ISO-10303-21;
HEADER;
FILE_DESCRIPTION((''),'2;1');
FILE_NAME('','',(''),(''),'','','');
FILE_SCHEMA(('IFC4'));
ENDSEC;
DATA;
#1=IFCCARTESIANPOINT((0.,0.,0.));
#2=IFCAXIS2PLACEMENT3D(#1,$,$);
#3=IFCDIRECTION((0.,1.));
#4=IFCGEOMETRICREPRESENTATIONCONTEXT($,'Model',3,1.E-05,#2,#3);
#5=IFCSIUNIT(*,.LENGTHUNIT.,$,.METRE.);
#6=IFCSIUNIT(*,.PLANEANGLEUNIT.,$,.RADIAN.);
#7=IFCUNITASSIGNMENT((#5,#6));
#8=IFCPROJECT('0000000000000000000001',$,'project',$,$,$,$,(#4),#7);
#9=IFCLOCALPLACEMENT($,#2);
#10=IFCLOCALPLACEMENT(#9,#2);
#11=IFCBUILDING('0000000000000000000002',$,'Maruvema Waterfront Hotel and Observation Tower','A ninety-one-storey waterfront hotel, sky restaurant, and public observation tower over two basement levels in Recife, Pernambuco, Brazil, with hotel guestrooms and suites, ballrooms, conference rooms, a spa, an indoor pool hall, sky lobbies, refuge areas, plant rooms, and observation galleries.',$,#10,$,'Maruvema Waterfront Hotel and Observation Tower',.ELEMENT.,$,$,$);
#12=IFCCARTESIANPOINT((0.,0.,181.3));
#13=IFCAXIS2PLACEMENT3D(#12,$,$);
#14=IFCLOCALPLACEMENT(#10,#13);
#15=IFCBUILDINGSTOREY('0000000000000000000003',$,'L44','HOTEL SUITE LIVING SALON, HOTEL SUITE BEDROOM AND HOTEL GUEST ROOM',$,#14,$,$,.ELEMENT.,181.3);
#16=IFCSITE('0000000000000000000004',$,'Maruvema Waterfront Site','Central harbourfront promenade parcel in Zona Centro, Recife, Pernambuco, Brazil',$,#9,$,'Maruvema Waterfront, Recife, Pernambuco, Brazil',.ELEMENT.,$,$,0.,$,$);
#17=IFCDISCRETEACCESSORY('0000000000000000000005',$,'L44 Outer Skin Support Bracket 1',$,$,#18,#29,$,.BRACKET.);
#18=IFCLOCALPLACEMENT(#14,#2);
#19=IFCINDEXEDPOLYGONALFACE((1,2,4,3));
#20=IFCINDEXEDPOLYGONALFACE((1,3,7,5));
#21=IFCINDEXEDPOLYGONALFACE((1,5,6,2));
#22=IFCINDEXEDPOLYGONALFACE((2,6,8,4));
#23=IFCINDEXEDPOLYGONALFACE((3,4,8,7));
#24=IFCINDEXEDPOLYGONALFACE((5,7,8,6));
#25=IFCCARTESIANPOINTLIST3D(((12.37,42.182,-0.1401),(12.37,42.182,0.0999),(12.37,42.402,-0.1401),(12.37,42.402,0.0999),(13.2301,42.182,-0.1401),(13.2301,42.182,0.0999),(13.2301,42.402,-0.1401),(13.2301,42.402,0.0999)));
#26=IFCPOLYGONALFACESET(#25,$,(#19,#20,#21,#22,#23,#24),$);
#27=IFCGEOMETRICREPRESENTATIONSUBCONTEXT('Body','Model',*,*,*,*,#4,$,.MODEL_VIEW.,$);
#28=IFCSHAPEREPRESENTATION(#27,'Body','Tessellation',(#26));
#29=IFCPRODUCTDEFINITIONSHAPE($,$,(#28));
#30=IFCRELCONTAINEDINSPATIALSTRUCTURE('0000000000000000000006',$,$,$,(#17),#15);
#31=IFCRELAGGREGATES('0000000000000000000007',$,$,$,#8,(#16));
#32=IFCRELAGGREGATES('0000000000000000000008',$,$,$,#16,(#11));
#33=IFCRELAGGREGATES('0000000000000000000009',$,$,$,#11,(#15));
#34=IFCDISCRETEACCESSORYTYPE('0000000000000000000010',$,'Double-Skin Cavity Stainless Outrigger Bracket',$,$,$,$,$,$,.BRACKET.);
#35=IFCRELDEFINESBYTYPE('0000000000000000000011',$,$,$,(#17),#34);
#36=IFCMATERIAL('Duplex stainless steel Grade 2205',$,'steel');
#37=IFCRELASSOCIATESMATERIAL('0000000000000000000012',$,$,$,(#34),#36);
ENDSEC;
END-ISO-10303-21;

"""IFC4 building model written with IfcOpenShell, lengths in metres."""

from ifc_helpers import new_model, si_unit, direction, frame, origin, origin_2d, place, context, subcontext, project, spatial, rectangle, extrude, material, type_object, element, save


model = new_model("IFC4")

# Units and contexts
model_context = context("Model", 3, precision=1e-05, world=origin(), true_north=direction((0.0, 1.0)))
body_context = subcontext(model_context, "Body", "Model", "MODEL_VIEW")
ifc_project = project(units=[si_unit("LENGTHUNIT", "METRE"), si_unit("PLANEANGLEUNIT", "RADIAN")], contexts=[model_context])

# Site, building, storey
site_placement = place(None, origin())
site = spatial("IfcSite", under=ifc_project, at=site_placement, Name="Maruvema Waterfront Site", Description="Central harbourfront promenade parcel in Zona Centro, Recife, Pernambuco, Brazil", LongName="Maruvema Waterfront, Recife, Pernambuco, Brazil", CompositionType="ELEMENT", RefElevation=0.0)
building_placement = place(site_placement, origin())
building = spatial("IfcBuilding", under=site, at=building_placement, Name="Maruvema Waterfront Hotel and Observation Tower", Description="A ninety-one-storey waterfront hotel, sky restaurant, and public observation tower over two basement levels in Recife, Pernambuco, Brazil, with hotel guestrooms and suites, ballrooms, conference rooms, a spa, an indoor pool hall, sky lobbies, refuge areas, plant rooms, and observation galleries.", LongName="Maruvema Waterfront Hotel and Observation Tower", CompositionType="ELEMENT")
storey_placement = place(building_placement, frame((0.0, 0.0, 181.3)))
storey = spatial("IfcBuildingStorey", under=building, at=storey_placement, Name="L44", Description="HOTEL SUITE LIVING SALON, HOTEL SUITE BEDROOM AND HOTEL GUEST ROOM", CompositionType="ELEMENT", Elevation=181.3)

# Discrete accessory
ifc_material_1 = material(Name="Duplex stainless steel Grade 2205", Category="steel")
discrete_accessory_type = type_object("IfcDiscreteAccessoryType", Name="Double-Skin Cavity Stainless Outrigger Bracket", PredefinedType="BRACKET", material=ifc_material_1)
discrete_accessory_placement = place(storey_placement, frame((12.8, 42.292, -0.1401), z_axis=(0.0, 0.0, 1.0), x_axis=(0.0, -1.0, 0.0)))
element("IfcDiscreteAccessory", 1, at=discrete_accessory_placement, inside=storey, type_object=discrete_accessory_type, Name="L44 Outer Skin Support Bracket 1", PredefinedType="BRACKET", context=body_context, shape_type="SweptSolid", body=[
    extrude(rectangle(XDim=0.22, YDim=0.8601, at=origin_2d()), origin(), (0.0, 0.0, 1.0), 0.24),
])

save(model, "model.ifc")
